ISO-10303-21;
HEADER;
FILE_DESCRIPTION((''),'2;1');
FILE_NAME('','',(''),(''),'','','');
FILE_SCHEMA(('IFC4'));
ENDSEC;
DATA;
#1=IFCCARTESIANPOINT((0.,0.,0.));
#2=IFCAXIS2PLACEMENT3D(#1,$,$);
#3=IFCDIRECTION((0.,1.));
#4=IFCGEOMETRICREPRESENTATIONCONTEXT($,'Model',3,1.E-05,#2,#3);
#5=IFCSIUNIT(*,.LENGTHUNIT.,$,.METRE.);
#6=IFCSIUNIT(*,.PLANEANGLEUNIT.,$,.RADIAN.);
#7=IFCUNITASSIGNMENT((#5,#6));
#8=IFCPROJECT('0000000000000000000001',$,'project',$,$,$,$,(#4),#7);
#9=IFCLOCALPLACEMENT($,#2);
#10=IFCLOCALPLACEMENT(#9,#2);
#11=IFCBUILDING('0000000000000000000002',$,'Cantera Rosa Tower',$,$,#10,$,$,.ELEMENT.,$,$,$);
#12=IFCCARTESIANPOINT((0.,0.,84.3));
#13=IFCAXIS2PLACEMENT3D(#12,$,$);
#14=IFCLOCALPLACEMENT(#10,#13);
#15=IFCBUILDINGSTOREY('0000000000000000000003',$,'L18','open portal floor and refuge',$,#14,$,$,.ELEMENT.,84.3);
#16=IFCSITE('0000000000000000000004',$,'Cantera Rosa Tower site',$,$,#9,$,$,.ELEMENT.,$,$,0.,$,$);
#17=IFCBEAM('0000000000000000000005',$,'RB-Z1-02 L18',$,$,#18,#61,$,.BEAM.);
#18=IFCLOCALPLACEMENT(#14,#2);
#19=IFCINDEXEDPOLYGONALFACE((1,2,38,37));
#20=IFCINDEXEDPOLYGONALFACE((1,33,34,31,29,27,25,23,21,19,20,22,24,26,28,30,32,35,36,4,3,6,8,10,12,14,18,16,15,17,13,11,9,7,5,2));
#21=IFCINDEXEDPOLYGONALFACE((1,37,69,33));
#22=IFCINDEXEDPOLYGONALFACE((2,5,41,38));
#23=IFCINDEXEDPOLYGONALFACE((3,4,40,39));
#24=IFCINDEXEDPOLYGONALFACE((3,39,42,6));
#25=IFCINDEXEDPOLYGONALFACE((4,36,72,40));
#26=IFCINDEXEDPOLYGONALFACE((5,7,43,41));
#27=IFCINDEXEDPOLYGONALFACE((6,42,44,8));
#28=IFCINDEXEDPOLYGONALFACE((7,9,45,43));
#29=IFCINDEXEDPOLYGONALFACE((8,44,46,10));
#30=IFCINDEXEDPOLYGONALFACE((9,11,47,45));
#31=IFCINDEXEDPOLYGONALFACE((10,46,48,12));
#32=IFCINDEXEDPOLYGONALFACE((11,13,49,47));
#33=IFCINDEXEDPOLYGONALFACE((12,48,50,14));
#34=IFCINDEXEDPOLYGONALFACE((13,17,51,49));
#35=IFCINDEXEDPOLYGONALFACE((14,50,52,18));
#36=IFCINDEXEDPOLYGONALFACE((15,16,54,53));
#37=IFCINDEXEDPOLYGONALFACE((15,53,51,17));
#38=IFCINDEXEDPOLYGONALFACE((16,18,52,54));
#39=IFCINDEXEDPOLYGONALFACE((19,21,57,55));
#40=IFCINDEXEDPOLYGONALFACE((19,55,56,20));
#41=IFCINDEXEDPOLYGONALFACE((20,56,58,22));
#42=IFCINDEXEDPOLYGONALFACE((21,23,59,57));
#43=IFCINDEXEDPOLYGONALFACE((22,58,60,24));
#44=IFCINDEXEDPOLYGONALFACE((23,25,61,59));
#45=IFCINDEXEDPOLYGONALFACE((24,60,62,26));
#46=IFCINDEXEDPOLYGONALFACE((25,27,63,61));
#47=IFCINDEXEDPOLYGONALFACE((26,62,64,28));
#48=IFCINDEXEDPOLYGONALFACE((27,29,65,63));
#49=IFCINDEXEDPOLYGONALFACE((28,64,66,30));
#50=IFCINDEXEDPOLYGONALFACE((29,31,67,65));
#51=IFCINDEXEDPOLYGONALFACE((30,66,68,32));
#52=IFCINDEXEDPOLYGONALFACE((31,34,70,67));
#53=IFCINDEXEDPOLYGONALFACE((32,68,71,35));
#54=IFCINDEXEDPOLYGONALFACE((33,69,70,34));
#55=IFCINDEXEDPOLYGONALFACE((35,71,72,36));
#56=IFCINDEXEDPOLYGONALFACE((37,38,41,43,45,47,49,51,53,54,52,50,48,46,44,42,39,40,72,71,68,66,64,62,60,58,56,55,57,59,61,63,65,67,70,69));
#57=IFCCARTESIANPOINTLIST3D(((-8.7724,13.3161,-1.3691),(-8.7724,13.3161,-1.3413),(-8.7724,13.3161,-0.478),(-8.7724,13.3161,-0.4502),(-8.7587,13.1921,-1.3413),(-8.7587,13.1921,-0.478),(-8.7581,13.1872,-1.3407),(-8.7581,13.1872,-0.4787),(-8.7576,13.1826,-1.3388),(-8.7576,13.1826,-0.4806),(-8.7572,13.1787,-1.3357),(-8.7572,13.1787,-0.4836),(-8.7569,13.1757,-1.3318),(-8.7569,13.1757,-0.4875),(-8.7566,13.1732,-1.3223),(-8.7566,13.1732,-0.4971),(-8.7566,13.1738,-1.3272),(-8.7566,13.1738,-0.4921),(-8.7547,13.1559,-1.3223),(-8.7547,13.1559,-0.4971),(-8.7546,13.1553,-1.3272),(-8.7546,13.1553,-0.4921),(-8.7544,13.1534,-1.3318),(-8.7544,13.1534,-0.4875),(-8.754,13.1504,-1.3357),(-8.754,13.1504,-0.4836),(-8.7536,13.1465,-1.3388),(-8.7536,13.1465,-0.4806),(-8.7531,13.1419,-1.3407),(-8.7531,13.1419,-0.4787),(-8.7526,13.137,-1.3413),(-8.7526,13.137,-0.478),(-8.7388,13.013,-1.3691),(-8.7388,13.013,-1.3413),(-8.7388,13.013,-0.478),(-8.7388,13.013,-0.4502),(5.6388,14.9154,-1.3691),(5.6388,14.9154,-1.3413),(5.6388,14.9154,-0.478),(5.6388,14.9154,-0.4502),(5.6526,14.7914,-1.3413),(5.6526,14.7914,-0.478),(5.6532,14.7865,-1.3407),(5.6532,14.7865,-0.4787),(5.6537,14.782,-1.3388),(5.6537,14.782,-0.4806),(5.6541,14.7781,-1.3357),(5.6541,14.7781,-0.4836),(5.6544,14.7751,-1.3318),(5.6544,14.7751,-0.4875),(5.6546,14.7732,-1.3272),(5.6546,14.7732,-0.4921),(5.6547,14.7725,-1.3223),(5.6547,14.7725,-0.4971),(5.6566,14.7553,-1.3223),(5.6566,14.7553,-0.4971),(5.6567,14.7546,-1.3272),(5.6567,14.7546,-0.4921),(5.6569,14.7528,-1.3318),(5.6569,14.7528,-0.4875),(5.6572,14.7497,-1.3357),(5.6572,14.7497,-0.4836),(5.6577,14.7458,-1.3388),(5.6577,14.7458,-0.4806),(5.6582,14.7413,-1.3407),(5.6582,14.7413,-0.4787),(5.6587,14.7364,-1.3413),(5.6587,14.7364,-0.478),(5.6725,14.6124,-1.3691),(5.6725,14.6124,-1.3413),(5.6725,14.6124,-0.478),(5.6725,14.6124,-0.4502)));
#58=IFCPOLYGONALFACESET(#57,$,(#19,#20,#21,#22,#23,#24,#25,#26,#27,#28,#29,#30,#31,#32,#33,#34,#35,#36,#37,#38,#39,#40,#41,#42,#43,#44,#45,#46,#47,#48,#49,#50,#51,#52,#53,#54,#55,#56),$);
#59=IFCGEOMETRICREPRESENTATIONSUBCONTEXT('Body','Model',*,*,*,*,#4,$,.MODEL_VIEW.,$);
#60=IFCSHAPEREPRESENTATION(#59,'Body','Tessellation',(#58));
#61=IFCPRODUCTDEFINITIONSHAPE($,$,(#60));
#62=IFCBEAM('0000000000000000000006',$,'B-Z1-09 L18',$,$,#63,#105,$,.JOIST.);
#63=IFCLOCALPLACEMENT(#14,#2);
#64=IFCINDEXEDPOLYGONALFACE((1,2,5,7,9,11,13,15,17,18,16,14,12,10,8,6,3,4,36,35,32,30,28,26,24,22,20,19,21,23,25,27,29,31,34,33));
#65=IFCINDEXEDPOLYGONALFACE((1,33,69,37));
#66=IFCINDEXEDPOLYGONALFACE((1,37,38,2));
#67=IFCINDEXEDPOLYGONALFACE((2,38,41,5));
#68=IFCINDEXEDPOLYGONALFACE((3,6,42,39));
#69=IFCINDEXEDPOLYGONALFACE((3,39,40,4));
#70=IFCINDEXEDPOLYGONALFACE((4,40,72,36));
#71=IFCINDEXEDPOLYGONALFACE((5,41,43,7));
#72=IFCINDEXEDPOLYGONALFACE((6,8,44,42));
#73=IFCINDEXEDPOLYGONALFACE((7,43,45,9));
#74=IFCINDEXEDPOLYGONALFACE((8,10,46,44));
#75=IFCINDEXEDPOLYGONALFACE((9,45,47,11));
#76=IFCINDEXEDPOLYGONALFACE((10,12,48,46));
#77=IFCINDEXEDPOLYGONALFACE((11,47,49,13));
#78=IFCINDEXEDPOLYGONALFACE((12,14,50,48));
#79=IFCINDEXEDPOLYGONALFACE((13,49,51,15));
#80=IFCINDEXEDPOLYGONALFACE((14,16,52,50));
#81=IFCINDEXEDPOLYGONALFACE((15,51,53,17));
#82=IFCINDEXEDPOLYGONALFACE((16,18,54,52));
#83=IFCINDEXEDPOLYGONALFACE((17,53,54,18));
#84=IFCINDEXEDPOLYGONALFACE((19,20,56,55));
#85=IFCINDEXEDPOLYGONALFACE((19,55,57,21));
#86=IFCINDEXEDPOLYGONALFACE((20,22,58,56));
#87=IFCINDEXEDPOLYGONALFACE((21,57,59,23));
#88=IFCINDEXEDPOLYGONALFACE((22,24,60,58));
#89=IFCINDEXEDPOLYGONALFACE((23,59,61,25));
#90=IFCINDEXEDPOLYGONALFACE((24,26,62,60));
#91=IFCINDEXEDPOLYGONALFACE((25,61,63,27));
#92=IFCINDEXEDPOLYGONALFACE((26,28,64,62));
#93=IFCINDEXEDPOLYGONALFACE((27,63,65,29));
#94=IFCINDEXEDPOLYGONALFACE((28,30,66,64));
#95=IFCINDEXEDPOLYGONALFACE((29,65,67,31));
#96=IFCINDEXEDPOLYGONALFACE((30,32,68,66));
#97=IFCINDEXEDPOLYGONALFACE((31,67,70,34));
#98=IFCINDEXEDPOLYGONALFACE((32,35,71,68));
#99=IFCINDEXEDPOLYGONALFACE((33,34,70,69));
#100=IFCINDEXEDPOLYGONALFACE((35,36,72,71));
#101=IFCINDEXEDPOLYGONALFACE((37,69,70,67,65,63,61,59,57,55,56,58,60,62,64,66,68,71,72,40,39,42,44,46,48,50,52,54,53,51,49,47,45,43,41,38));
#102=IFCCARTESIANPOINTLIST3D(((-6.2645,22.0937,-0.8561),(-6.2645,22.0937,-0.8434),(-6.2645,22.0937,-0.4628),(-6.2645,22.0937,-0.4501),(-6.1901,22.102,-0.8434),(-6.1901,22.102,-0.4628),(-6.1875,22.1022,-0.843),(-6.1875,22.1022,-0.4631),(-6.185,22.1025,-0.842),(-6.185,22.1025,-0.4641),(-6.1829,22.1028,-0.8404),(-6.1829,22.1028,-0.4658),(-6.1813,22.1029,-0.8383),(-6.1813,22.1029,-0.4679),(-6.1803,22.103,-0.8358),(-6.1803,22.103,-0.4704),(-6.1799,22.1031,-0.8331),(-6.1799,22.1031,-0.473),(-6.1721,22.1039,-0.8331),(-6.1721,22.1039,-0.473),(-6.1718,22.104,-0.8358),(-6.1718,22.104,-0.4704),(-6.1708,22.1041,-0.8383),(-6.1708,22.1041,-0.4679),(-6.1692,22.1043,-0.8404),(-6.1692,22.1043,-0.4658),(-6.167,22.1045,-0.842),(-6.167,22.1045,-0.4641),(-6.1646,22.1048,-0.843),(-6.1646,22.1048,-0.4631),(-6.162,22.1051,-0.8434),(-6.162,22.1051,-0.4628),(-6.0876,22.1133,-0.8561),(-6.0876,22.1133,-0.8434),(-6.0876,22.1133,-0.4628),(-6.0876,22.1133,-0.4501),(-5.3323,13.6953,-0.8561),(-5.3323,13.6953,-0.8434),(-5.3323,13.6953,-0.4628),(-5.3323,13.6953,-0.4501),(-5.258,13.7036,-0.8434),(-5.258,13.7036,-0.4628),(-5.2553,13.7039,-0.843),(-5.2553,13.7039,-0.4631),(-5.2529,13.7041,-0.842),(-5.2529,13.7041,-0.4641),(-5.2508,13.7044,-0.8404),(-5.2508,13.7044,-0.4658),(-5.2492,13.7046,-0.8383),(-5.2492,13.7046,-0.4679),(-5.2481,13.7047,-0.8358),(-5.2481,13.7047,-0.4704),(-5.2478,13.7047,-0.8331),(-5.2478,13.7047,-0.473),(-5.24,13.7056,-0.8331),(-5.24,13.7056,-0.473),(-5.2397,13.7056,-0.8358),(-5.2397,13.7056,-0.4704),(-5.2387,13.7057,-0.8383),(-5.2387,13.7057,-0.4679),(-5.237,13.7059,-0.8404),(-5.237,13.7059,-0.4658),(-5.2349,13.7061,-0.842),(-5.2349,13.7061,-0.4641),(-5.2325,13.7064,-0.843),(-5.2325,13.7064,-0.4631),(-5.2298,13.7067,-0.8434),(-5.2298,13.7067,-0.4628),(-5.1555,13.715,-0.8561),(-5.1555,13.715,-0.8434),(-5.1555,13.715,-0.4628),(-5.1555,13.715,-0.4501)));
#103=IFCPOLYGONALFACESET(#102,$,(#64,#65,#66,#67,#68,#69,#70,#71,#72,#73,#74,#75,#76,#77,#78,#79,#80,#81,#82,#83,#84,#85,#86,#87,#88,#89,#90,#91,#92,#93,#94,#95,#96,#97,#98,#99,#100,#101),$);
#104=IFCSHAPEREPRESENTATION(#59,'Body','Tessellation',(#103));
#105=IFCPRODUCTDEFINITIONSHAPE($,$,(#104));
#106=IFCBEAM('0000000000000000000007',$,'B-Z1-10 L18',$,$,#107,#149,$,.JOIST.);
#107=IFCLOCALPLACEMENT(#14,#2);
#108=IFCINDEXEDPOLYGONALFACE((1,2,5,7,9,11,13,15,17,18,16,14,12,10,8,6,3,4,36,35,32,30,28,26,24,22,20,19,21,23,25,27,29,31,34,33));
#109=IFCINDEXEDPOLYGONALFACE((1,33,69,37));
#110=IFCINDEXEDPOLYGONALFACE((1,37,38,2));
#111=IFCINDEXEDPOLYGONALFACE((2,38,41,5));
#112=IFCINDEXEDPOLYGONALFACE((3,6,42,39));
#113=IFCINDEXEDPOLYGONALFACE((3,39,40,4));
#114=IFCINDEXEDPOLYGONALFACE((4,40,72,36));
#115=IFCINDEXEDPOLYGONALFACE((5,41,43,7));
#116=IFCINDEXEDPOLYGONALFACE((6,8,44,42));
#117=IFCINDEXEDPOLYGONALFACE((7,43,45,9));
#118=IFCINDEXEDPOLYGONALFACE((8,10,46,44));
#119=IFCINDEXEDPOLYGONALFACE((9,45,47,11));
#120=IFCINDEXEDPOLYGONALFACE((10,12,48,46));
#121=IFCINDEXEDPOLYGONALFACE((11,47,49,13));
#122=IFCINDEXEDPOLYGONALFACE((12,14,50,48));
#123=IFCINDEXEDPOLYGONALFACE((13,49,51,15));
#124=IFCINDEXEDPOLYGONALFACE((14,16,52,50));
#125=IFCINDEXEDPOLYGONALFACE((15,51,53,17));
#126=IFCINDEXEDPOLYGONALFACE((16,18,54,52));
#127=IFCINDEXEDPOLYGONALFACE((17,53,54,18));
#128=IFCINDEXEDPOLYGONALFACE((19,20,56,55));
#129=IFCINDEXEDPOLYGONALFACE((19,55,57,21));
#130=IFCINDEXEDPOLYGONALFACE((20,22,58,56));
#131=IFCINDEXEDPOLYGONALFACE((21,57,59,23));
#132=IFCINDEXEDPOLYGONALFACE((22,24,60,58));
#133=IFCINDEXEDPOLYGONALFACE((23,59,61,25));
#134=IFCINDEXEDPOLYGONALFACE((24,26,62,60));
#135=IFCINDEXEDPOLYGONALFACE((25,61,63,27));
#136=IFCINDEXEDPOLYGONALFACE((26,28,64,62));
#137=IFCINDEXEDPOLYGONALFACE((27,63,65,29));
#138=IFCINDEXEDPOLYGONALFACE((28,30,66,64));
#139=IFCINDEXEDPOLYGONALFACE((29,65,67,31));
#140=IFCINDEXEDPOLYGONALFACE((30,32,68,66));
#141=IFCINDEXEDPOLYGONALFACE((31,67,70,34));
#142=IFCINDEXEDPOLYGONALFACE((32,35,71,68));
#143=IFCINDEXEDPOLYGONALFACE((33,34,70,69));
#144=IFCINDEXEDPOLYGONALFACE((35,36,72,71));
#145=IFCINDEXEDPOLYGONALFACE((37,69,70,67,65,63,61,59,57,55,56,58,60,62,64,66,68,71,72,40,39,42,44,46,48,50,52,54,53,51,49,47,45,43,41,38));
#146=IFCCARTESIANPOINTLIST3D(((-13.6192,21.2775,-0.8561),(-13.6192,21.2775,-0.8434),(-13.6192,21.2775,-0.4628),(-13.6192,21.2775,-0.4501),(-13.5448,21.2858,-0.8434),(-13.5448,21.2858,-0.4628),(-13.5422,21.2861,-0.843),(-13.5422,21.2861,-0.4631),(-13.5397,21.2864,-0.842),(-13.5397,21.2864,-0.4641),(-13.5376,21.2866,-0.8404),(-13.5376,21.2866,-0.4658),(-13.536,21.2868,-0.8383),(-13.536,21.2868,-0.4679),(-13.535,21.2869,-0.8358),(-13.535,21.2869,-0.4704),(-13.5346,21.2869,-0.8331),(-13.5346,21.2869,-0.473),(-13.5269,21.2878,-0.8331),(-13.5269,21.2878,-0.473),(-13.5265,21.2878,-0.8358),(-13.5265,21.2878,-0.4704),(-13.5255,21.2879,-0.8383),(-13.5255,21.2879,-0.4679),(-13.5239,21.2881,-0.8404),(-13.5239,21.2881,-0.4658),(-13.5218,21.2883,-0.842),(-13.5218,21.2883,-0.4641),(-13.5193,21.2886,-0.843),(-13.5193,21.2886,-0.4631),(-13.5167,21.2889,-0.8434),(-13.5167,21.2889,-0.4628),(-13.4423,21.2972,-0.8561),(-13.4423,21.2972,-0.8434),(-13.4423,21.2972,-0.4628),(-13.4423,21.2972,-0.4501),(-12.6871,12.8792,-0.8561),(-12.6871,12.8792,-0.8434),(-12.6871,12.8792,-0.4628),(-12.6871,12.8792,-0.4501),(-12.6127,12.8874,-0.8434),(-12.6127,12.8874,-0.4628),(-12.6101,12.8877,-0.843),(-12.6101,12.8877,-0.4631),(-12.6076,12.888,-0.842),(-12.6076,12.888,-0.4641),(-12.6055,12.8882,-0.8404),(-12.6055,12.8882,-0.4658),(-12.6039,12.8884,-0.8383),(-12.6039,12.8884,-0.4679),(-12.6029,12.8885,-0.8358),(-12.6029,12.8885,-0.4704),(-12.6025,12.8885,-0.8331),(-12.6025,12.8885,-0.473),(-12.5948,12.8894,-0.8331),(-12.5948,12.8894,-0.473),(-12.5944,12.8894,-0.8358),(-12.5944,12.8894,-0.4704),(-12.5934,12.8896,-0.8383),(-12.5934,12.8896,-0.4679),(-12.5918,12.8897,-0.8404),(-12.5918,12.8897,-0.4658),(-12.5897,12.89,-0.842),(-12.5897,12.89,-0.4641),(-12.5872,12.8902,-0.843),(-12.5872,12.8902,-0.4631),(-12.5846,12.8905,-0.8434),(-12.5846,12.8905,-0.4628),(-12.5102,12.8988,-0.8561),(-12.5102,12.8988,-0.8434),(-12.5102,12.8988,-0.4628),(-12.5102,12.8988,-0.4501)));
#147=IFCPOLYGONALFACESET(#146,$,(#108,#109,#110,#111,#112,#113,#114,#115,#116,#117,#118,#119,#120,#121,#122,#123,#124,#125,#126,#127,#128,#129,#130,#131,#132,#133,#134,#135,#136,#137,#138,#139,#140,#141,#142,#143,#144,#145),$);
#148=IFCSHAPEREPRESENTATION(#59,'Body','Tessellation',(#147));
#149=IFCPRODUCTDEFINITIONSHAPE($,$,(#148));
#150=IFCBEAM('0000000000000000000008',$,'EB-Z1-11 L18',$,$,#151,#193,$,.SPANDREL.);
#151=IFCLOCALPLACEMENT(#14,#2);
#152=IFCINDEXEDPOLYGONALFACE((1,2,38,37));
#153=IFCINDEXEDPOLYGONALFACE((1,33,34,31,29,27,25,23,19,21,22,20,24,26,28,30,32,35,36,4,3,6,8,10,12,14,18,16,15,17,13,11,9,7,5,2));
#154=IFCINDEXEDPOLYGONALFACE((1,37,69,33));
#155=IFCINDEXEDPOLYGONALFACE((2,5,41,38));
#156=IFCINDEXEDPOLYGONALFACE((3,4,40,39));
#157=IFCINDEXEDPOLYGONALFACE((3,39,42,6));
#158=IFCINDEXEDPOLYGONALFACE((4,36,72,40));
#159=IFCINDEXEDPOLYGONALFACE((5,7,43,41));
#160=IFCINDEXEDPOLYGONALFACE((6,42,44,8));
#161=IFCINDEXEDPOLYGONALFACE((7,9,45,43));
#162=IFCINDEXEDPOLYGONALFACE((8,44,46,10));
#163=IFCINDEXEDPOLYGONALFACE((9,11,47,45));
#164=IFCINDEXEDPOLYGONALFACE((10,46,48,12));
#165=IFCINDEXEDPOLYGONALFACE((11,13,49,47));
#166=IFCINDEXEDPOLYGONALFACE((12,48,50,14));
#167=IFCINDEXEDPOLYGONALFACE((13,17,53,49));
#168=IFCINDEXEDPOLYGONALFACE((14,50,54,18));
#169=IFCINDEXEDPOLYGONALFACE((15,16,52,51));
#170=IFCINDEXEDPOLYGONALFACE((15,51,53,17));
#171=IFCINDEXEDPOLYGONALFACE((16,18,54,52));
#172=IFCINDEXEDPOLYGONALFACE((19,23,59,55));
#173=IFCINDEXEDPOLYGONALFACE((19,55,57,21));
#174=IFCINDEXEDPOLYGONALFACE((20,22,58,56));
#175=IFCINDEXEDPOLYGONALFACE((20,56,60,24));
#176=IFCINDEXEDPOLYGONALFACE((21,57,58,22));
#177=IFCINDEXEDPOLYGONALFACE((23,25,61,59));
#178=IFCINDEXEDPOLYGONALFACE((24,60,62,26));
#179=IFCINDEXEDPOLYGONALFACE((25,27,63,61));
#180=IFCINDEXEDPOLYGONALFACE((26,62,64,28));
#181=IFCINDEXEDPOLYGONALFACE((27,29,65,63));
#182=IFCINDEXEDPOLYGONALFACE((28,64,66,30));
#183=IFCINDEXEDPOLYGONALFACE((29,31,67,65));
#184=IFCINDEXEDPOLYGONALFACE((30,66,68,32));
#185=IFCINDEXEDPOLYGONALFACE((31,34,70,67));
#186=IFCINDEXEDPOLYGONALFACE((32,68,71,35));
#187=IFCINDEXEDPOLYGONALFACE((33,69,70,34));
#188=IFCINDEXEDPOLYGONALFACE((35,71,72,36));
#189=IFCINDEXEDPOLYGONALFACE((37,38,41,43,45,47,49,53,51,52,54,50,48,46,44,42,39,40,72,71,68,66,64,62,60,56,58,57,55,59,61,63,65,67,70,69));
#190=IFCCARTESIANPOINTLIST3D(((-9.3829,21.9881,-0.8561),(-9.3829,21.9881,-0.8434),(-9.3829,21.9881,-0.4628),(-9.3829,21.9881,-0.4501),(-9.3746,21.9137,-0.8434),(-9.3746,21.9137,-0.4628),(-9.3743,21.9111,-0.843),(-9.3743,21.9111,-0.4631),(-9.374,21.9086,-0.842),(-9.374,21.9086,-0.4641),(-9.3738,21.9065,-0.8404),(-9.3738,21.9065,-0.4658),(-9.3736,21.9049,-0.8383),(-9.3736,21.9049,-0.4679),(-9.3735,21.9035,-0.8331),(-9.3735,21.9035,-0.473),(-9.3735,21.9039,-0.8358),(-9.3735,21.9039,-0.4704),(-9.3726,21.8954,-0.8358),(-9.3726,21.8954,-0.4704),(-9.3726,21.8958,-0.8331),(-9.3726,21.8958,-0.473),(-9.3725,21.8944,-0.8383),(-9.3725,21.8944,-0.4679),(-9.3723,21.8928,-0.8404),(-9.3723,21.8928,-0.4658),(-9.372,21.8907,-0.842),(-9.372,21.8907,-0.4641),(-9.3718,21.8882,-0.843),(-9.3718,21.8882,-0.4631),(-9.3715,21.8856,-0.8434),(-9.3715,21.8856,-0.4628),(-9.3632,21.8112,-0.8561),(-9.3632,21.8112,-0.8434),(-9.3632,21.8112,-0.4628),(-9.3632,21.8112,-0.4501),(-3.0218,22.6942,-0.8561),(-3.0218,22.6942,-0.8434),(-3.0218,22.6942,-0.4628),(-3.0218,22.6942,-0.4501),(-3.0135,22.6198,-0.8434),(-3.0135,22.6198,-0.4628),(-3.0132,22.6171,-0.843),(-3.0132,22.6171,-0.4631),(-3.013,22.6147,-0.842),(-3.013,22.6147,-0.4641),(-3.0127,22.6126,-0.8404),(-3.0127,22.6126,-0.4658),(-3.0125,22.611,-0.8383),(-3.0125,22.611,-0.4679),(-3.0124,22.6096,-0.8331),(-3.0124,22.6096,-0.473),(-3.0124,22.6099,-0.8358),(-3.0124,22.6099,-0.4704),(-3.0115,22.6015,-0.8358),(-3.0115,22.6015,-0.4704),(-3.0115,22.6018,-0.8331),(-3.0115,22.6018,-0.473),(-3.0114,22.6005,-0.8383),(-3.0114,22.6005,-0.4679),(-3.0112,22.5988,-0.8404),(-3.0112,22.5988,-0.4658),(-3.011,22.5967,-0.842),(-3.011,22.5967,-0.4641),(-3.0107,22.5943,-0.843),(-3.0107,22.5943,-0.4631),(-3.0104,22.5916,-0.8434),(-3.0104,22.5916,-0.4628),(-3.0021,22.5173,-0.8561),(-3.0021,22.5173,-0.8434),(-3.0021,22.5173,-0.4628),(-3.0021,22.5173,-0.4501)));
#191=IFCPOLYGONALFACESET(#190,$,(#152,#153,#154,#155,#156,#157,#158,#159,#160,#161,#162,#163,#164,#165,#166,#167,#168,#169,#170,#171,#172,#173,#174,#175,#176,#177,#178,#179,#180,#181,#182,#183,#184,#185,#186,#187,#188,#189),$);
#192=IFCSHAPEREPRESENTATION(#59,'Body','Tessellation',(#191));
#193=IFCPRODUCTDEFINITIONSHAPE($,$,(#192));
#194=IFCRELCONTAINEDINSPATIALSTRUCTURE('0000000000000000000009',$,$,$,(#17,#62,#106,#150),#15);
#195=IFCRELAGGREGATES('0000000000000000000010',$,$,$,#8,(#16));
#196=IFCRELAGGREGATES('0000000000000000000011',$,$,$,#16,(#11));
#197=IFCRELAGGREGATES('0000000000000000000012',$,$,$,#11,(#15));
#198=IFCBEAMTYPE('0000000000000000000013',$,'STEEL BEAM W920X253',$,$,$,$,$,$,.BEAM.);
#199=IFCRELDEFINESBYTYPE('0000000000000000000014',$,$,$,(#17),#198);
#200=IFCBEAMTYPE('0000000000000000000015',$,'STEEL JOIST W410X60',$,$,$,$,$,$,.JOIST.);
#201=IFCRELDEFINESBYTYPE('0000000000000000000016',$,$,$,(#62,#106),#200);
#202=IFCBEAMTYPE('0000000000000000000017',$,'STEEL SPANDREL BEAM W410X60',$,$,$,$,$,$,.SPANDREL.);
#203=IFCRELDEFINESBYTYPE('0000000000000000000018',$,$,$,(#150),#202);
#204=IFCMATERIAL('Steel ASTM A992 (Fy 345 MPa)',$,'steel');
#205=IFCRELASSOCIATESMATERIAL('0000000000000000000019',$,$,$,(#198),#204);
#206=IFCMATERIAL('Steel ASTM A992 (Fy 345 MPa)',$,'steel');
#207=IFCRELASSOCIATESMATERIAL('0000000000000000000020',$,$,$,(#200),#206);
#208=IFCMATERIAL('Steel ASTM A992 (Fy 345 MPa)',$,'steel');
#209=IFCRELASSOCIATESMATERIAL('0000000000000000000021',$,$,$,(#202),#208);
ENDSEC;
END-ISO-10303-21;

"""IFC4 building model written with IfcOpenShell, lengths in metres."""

from ifc_helpers import new_model, si_unit, direction, frame, origin, origin_2d, place, context, subcontext, project, spatial, i_section, extrude, material, material_profile, profile_set, type_object, element, save


model = new_model("IFC4")

# Units and contexts
model_context = context("Model", 3, precision=1e-05, world=origin(), true_north=direction((0.0, 1.0)))
body_context = subcontext(model_context, "Body", "Model", "MODEL_VIEW")
ifc_project = project(units=[si_unit("LENGTHUNIT", "METRE"), si_unit("PLANEANGLEUNIT", "RADIAN")], contexts=[model_context])

# Site, building, storey
site_placement = place(None, origin())
site = spatial("IfcSite", under=ifc_project, at=site_placement, Name="Cantera Rosa Tower site", CompositionType="ELEMENT", RefElevation=0.0)
building_placement = place(site_placement, origin())
building = spatial("IfcBuilding", under=site, at=building_placement, Name="Cantera Rosa Tower", CompositionType="ELEMENT")
storey_placement = place(building_placement, frame((0.0, 0.0, 84.3)))
storey = spatial("IfcBuildingStorey", under=building, at=storey_placement, Name="L18", Description="open portal floor and refuge", CompositionType="ELEMENT", Elevation=84.3)

# Beams
ifc_material_1 = material(Name="Steel ASTM A992 (Fy 345 MPa)", Category="steel")
ifc_material_profile_1 = material_profile(ifc_material_1, i_section(OverallWidth=0.3049, OverallDepth=0.9189, WebThickness=0.0173, FlangeThickness=0.0278, FilletRadius=0.019, at=origin_2d()), Name="W920X253")
ifc_profile_set_1 = profile_set([ifc_material_profile_1], Name="Steel ASTM A992 (Fy 345 MPa)")
beam_type_1 = type_object("IfcBeamType", Name="STEEL BEAM W920X253", PredefinedType="BEAM", material=ifc_profile_set_1)
beam_1_placement = place(storey_placement, frame((-8.7556, 13.1646, -0.9097), z_axis=(0.993898, 0.110302, 0.0), x_axis=(-0.110302, 0.993898, 0.0)))
element("IfcBeam", 1, at=beam_1_placement, inside=storey, type_object=beam_type_1, Name="RB-Z1-02 L18", PredefinedType="BEAM", context=body_context, shape_type="SweptSolid", body=[
    extrude(i_section(OverallWidth=0.3049, OverallDepth=0.9189, WebThickness=0.0173, FlangeThickness=0.0278, FilletRadius=0.019, at=origin_2d()), origin(), (0.0, 0.0, 1.0), 14.4998),
])
ifc_material_2 = material(Name="Steel ASTM A992 (Fy 345 MPa)", Category="steel")
ifc_material_profile_2 = material_profile(ifc_material_2, i_section(OverallWidth=0.178, OverallDepth=0.406, WebThickness=0.0078, FlangeThickness=0.0127, FilletRadius=0.0103, at=origin_2d()), Name="W410X60")
ifc_profile_set_2 = profile_set([ifc_material_profile_2], Name="Steel ASTM A992 (Fy 345 MPa)")
beam_type_2 = type_object("IfcBeamType", Name="STEEL JOIST W410X60", PredefinedType="JOIST", material=ifc_profile_set_2)
for number, where, z_axis, x_axis, name in (
    (2, (-6.176, 22.1035, -0.6531), (0.110311, -0.993897, 0.0), (0.993897, 0.110311, 0.0), "B-Z1-09 L18"),
    (3, (-13.5308, 21.2874, -0.6531), (0.110311, -0.993897, 0.0), (0.993897, 0.110311, 0.0), "B-Z1-10 L18"),
):
    element("IfcBeam", number, at=place(storey_placement, frame(where, z_axis=z_axis, x_axis=x_axis)), inside=storey, type_object=beam_type_2, Name=name, PredefinedType="JOIST", context=body_context, shape_type="SweptSolid", body=[
        extrude(i_section(OverallWidth=0.178, OverallDepth=0.406, WebThickness=0.0078, FlangeThickness=0.0127, FilletRadius=0.0103, at=origin_2d()), origin(), (0.0, 0.0, 1.0), 8.45),
    ])
ifc_material_3 = material(Name="Steel ASTM A992 (Fy 345 MPa)", Category="steel")
ifc_material_profile_3 = material_profile(ifc_material_3, i_section(OverallWidth=0.178, OverallDepth=0.406, WebThickness=0.0078, FlangeThickness=0.0127, FilletRadius=0.0103, at=origin_2d()), Name="W410X60")
ifc_profile_set_3 = profile_set([ifc_material_profile_3], Name="Steel ASTM A992 (Fy 345 MPa)")
beam_type_3 = type_object("IfcBeamType", Name="STEEL SPANDREL BEAM W410X60", PredefinedType="SPANDREL", material=ifc_profile_set_3)
beam_2_placement = place(storey_placement, frame((-3.012, 22.6057, -0.6531), z_axis=(-0.993896, -0.110318, 0.0), x_axis=(0.110318, -0.993896, 0.0)))
element("IfcBeam", 4, at=beam_2_placement, inside=storey, type_object=beam_type_3, Name="EB-Z1-11 L18", PredefinedType="SPANDREL", context=body_context, shape_type="SweptSolid", body=[
    extrude(i_section(OverallWidth=0.178, OverallDepth=0.406, WebThickness=0.0078, FlangeThickness=0.0127, FilletRadius=0.0103, at=origin_2d()), origin(), (0.0, 0.0, 1.0), 6.4001),
])

save(model, "model.ifc")
